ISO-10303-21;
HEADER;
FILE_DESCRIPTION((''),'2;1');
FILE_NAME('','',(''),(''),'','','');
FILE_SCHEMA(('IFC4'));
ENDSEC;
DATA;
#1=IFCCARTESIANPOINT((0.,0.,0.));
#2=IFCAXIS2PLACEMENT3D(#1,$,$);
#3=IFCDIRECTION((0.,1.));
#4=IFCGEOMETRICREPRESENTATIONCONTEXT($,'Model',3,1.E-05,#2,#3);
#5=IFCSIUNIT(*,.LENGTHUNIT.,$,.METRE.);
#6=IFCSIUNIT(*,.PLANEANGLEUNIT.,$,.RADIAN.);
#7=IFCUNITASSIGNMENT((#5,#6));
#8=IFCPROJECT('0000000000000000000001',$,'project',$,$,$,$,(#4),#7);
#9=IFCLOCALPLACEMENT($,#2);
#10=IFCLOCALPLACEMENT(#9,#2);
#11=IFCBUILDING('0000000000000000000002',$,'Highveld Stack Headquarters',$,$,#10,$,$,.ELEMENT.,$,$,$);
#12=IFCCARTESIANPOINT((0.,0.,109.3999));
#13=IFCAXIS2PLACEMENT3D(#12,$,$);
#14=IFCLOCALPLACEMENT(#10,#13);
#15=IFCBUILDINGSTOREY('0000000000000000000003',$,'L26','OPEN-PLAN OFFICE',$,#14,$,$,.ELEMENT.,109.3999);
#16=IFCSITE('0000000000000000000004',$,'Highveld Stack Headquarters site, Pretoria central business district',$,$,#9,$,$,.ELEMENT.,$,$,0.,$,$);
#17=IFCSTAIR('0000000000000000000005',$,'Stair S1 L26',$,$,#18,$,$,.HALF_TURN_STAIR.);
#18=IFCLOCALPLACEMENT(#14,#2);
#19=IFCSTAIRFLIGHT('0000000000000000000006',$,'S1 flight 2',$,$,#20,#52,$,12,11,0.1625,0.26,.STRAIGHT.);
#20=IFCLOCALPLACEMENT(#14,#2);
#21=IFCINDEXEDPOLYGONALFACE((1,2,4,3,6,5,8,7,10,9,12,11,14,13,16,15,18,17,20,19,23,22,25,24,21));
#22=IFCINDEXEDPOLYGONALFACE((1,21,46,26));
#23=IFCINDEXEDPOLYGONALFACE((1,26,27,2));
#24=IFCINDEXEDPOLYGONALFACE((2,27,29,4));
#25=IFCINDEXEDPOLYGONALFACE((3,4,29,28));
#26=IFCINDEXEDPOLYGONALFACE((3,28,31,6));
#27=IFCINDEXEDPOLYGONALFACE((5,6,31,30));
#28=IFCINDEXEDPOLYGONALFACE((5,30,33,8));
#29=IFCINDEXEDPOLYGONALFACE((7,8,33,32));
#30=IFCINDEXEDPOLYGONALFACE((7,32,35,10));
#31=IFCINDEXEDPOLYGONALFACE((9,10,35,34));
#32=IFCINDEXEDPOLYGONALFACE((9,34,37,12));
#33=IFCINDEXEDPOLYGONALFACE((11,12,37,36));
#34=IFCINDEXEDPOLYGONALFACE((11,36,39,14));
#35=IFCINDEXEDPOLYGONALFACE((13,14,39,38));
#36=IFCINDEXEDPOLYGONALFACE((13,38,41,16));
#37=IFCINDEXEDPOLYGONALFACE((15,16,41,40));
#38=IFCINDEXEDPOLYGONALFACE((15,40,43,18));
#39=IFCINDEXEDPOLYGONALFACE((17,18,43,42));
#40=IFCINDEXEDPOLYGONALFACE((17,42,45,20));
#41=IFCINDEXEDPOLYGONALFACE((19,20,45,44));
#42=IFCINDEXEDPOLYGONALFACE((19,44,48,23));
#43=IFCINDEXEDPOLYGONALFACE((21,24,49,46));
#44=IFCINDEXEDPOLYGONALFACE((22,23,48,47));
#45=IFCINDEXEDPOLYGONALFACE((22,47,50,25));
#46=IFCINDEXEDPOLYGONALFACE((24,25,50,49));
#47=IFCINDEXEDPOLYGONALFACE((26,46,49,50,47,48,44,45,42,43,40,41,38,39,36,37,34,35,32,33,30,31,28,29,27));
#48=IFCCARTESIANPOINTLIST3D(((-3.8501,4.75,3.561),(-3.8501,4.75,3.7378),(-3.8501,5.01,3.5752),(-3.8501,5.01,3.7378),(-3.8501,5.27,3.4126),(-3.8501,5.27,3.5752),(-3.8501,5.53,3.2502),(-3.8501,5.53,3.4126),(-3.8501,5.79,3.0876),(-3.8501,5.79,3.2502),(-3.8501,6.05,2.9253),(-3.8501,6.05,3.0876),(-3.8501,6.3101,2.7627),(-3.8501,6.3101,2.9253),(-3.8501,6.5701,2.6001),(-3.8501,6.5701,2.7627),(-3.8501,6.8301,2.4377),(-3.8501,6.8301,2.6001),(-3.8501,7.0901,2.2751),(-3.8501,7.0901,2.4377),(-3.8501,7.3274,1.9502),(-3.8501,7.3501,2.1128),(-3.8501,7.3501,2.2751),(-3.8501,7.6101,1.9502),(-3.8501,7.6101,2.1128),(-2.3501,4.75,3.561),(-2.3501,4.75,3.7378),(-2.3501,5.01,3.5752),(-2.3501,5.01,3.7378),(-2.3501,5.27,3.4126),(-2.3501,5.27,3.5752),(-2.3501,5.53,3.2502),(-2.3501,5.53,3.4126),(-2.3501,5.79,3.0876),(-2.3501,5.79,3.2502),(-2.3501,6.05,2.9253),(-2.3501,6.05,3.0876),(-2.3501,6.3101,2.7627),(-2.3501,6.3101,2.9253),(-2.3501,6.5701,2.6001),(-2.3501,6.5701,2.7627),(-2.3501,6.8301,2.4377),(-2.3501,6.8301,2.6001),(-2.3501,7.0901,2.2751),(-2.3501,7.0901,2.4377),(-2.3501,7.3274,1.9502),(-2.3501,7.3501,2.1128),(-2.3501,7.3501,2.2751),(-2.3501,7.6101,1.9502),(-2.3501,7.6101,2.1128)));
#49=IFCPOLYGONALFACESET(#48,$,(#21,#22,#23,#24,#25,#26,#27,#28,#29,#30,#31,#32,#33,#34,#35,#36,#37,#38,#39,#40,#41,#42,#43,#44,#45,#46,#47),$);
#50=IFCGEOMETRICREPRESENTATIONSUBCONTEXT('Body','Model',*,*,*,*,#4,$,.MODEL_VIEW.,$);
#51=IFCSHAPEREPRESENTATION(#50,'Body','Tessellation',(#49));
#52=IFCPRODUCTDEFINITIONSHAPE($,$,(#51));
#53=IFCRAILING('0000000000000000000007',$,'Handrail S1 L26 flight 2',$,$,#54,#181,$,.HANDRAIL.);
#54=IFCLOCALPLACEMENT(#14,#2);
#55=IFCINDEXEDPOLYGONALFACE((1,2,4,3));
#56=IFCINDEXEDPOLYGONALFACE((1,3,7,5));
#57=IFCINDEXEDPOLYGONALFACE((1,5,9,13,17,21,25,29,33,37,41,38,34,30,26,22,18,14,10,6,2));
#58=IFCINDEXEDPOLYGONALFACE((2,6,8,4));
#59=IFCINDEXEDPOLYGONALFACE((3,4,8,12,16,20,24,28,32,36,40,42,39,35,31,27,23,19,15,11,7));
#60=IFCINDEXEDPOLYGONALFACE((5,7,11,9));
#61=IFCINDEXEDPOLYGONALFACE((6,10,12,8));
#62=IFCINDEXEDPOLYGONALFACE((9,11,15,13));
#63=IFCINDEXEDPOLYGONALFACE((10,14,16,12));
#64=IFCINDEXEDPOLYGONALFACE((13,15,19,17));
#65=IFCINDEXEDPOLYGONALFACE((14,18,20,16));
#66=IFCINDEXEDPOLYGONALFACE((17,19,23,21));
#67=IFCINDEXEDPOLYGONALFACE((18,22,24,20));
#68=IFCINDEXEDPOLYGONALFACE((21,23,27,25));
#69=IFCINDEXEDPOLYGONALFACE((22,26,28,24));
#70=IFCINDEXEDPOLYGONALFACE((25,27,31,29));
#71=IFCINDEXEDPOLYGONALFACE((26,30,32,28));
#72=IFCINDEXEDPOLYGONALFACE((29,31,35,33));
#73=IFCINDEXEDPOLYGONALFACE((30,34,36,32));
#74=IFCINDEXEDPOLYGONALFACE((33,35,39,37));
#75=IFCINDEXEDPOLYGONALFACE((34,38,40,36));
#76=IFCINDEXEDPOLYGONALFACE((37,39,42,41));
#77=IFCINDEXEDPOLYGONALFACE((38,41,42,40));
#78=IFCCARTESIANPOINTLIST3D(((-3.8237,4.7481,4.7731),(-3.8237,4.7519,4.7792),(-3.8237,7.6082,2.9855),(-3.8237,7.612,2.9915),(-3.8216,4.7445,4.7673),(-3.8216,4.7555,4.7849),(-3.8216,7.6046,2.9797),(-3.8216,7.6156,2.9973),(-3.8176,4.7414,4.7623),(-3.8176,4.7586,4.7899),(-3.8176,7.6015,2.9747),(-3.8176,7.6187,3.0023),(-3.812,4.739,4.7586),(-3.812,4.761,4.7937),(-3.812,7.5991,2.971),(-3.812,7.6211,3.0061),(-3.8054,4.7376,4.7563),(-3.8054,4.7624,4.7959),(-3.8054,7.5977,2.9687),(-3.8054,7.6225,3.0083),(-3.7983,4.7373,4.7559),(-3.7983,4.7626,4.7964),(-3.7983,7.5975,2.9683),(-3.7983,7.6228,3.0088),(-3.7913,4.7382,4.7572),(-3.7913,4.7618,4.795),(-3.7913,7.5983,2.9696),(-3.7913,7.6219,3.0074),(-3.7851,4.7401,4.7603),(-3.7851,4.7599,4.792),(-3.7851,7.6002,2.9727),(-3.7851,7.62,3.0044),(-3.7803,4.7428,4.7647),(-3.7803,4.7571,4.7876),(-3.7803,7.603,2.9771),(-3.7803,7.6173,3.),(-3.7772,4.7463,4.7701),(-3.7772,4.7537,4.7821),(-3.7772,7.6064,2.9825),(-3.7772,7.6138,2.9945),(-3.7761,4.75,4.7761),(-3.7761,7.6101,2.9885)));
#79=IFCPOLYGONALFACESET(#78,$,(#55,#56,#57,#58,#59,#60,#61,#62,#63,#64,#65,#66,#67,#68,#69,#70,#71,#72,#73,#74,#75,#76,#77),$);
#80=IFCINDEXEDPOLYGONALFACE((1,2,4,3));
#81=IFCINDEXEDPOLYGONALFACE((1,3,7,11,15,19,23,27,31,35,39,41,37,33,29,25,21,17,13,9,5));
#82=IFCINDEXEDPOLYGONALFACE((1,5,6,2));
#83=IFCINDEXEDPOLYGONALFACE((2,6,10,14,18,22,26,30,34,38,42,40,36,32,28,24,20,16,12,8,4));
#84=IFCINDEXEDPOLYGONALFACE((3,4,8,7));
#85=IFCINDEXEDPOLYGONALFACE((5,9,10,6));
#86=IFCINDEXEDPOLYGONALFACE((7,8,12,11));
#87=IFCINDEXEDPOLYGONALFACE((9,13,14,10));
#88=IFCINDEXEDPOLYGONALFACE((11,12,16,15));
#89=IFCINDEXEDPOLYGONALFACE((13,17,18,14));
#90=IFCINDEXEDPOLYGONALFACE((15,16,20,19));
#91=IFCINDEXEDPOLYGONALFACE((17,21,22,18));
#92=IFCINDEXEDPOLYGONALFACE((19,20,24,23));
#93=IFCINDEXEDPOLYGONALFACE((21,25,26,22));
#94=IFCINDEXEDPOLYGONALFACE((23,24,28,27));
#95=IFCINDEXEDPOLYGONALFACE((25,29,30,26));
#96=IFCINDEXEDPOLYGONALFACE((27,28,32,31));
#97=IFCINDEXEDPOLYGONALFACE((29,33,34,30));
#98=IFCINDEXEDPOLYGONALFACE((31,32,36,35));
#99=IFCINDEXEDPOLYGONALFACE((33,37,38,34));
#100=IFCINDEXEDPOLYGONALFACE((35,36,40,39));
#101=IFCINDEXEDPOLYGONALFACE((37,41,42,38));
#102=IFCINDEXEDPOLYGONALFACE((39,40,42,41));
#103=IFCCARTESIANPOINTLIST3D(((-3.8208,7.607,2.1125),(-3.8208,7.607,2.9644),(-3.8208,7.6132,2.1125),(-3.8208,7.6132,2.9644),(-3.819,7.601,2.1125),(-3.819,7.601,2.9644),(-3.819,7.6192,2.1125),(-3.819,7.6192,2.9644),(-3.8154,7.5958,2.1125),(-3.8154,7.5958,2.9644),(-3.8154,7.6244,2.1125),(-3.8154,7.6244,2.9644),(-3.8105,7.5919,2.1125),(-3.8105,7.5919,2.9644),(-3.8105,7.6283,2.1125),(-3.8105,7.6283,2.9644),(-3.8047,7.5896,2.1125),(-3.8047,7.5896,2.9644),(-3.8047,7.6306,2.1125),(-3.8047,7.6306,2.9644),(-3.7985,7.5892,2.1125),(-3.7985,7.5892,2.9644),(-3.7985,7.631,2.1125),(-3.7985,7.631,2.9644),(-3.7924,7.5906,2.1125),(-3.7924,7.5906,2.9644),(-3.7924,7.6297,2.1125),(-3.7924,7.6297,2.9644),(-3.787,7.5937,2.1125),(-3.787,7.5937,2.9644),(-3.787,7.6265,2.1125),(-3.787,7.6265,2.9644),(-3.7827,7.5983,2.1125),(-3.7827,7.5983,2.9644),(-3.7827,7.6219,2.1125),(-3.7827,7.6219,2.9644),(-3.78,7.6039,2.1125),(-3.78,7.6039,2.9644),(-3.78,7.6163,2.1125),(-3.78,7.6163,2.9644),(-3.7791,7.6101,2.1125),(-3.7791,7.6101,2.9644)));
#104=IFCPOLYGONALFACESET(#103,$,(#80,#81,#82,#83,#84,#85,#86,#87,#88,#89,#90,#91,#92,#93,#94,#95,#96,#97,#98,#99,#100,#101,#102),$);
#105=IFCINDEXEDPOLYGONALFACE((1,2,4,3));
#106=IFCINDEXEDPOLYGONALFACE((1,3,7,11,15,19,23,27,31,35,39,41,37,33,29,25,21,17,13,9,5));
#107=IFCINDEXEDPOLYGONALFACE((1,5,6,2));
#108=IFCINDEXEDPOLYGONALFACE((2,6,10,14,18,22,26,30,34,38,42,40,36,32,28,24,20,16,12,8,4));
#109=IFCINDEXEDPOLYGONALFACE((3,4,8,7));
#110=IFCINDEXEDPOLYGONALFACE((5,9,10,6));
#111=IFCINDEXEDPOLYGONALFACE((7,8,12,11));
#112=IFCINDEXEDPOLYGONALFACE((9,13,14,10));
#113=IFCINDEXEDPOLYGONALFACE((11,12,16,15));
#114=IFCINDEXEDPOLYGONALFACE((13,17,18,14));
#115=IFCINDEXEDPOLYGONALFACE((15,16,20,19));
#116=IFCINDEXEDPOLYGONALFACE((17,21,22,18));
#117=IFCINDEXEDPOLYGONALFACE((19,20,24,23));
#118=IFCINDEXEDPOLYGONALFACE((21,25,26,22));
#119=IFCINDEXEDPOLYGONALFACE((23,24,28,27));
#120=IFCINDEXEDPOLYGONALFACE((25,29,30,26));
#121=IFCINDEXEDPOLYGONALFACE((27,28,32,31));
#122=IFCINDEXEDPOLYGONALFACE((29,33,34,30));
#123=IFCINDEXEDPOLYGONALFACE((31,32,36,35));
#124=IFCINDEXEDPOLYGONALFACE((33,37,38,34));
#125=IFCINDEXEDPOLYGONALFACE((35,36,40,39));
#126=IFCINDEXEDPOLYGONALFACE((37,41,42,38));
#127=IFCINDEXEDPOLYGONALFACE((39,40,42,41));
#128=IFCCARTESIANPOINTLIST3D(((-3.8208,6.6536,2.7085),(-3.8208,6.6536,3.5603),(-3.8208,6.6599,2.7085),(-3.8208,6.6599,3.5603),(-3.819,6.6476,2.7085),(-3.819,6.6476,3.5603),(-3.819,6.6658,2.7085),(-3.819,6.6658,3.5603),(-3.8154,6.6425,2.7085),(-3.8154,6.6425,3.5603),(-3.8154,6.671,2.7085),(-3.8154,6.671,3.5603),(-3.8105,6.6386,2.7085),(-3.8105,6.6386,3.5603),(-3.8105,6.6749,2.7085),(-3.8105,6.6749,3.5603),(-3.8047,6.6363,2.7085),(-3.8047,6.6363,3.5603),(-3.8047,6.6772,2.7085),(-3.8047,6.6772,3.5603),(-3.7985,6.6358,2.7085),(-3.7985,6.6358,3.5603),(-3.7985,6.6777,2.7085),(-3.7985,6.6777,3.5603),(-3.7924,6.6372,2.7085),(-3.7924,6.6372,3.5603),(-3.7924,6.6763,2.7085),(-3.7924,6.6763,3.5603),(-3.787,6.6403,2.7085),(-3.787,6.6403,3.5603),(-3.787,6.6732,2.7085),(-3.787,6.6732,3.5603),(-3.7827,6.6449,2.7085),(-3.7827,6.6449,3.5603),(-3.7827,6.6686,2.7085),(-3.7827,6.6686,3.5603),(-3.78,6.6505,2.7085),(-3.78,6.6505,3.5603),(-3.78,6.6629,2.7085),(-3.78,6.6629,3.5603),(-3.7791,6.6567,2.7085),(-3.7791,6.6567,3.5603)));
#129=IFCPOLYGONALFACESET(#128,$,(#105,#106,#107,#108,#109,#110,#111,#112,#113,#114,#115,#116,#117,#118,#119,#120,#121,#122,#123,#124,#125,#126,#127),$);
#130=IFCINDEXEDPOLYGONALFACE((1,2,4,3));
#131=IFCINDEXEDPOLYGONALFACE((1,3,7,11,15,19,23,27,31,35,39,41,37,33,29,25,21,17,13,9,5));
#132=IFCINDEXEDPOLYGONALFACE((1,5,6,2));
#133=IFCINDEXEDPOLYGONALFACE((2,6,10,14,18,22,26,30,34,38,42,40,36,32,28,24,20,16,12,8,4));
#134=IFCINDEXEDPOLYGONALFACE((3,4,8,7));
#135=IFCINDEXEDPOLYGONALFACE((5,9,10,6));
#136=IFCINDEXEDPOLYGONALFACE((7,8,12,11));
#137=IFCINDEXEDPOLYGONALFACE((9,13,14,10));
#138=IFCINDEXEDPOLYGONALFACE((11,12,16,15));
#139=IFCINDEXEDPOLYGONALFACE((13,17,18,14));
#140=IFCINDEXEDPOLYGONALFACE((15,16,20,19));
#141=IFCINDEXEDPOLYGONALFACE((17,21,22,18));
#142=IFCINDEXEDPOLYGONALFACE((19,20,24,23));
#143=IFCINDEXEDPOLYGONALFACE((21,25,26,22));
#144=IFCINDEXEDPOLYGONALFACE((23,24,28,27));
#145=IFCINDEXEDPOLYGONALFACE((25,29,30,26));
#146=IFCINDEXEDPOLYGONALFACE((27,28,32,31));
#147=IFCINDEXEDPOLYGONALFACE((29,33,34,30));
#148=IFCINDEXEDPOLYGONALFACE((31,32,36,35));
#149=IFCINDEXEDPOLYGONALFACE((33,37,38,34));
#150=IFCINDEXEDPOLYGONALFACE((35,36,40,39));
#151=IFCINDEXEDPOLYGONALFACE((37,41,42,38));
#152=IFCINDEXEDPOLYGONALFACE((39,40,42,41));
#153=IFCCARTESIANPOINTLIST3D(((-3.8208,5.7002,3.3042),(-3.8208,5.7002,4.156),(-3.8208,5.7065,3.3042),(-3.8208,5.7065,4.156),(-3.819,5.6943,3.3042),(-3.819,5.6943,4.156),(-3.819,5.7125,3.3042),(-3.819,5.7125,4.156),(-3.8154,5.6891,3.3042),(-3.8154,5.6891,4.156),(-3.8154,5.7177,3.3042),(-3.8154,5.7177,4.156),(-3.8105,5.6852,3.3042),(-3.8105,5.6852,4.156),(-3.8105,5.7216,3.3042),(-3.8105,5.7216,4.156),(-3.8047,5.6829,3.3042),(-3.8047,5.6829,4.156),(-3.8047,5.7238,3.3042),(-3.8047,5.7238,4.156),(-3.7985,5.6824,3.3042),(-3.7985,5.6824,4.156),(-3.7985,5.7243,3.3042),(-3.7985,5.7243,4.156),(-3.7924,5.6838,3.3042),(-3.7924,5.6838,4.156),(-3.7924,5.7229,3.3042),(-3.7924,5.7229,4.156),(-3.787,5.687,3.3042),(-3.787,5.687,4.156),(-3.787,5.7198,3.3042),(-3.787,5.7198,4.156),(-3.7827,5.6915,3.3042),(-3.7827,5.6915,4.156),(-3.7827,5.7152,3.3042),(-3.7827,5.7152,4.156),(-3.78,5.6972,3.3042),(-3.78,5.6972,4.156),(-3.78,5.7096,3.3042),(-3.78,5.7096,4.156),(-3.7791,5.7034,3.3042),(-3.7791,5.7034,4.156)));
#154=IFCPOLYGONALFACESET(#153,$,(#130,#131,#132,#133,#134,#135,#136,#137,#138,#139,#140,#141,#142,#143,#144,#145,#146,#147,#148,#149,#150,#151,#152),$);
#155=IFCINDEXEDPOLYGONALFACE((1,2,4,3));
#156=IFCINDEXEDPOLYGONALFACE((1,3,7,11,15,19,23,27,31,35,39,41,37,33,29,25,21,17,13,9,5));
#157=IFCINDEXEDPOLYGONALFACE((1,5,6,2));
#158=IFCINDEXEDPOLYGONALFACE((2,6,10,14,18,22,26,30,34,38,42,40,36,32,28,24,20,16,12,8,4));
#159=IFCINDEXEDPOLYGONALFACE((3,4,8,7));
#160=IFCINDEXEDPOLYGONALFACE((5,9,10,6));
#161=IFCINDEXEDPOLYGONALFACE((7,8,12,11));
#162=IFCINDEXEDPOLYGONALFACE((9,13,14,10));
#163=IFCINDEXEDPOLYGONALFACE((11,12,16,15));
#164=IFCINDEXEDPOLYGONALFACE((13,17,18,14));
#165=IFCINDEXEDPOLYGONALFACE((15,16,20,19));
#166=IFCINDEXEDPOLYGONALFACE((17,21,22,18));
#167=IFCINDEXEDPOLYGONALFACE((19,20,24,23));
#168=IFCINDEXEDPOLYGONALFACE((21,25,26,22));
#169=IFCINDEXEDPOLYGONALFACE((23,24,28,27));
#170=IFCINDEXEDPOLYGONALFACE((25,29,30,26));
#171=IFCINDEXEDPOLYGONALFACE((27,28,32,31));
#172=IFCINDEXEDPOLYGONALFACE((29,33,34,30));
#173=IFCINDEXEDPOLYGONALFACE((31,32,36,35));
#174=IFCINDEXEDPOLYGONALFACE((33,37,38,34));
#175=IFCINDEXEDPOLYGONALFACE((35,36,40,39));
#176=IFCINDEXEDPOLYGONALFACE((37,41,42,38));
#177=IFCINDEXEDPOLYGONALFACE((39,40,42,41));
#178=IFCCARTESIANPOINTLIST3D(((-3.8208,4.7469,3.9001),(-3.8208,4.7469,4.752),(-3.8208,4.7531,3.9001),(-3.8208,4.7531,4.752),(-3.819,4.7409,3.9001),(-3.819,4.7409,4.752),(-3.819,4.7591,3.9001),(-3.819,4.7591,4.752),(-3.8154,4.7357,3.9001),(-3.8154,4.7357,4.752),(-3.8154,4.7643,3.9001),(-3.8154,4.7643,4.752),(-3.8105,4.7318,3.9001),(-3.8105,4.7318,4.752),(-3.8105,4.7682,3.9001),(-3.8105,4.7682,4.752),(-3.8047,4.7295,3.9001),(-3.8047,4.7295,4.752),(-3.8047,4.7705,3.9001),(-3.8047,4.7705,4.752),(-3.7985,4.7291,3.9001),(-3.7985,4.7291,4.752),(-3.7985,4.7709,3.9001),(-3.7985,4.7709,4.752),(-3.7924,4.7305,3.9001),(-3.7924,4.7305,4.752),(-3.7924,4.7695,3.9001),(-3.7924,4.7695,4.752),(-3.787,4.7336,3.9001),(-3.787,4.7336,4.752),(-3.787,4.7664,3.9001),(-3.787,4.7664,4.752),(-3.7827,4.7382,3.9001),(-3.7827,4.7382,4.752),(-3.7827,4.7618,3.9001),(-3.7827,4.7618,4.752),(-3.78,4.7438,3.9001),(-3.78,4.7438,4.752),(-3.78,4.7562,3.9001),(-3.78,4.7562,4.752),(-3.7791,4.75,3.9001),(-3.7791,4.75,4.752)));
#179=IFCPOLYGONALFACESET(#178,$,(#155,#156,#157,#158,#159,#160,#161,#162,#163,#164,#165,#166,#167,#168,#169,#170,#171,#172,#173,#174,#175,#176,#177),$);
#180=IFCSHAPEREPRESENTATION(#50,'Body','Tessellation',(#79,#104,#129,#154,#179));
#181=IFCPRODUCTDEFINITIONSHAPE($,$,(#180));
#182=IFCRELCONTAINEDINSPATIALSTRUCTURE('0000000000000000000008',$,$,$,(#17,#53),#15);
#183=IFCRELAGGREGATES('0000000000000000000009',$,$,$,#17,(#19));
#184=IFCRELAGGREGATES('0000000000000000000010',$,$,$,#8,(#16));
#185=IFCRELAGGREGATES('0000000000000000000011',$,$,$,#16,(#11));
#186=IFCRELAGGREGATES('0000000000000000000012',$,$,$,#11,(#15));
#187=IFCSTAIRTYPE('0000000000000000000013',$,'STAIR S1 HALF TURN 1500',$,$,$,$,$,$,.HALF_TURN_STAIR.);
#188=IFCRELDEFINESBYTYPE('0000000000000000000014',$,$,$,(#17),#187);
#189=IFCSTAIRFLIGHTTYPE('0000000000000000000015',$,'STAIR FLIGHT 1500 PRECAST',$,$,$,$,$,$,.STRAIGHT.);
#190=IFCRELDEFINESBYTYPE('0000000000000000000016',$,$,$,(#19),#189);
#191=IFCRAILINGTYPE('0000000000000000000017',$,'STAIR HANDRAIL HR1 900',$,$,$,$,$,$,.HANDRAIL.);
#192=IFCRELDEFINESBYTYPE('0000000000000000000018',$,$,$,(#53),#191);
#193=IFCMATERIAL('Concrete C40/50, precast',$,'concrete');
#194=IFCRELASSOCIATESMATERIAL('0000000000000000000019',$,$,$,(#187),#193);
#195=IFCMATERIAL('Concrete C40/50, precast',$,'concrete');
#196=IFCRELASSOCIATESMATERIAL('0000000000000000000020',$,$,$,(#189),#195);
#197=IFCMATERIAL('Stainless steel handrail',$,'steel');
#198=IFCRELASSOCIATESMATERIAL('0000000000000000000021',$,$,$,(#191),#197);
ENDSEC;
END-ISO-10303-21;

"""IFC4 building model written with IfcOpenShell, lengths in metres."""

from ifc_helpers import new_model, si_unit, direction, frame, origin, origin_2d, place, context, subcontext, project, spatial, polyline, circle, outline, extrude, material, type_object, element, aggregate, save


model = new_model("IFC4")

# Units and contexts
model_context = context("Model", 3, precision=1e-05, world=origin(), true_north=direction((0.0, 1.0)))
body_context = subcontext(model_context, "Body", "Model", "MODEL_VIEW")
ifc_project = project(units=[si_unit("LENGTHUNIT", "METRE"), si_unit("PLANEANGLEUNIT", "RADIAN")], contexts=[model_context])

# Site, building, storey
site_placement = place(None, origin())
site = spatial("IfcSite", under=ifc_project, at=site_placement, Name="Highveld Stack Headquarters site, Pretoria central business district", CompositionType="ELEMENT", RefElevation=0.0)
building_placement = place(site_placement, origin())
building = spatial("IfcBuilding", under=site, at=building_placement, Name="Highveld Stack Headquarters", CompositionType="ELEMENT")
storey_placement = place(building_placement, frame((0.0, 0.0, 109.3999)))
storey = spatial("IfcBuildingStorey", under=building, at=storey_placement, Name="L26", Description="OPEN-PLAN OFFICE", CompositionType="ELEMENT", Elevation=109.3999)

# Stair, stair flight
ifc_material_1 = material(Name="Concrete C40/50, precast", Category="concrete")
stair_type = type_object("IfcStairType", Name="STAIR S1 HALF TURN 1500", PredefinedType="HALF_TURN_STAIR", material=ifc_material_1)
stair_placement = place(storey_placement, origin())
stair = element("IfcStair", 1, at=stair_placement, inside=storey, type_object=stair_type, Name="Stair S1 L26", PredefinedType="HALF_TURN_STAIR")
ifc_material_2 = material(Name="Concrete C40/50, precast", Category="concrete")
stair_flight_type = type_object("IfcStairFlightType", Name="STAIR FLIGHT 1500 PRECAST", PredefinedType="STRAIGHT", material=ifc_material_2)
stair_flight_placement = place(storey_placement, frame((-3.1001, 7.6101, 1.9502), z_axis=(0.0, 0.0, 1.0), x_axis=(0.0, -1.0, 0.0)))
stair_flight = element("IfcStairFlight", 2, at=stair_flight_placement, type_object=stair_flight_type, Name="S1 flight 2", NumberOfRisers=12, NumberOfTreads=11, PredefinedType="STRAIGHT", RiserHeight=0.1625, TreadLength=0.26, context=body_context, shape_type="SweptSolid", body=[
    extrude(outline(polyline([(0.0, 0.0), (0.0, 0.1626), (0.26, 0.1626), (0.26, 0.325), (0.52, 0.325), (0.52, 0.4875), (0.78, 0.4875), (0.78, 0.6499), (1.04, 0.6499), (1.04, 0.8125), (1.3, 0.8125), (1.3, 0.9751), (1.5601, 0.9751), (1.5601, 1.1375), (1.8201, 1.1375), (1.8201, 1.3), (2.0801, 1.3), (2.0801, 1.4624), (2.3401, 1.4624), (2.3401, 1.625), (2.6001, 1.625), (2.6001, 1.7876), (2.8601, 1.7876), (2.8601, 1.95), (2.8601, 1.6108), (0.2827, 0.0), (0.0, 0.0)])), frame((0.0, 0.75, 0.0), z_axis=(0.0, -1.0, 0.0), x_axis=(1.0, 0.0, 0.0)), (0.0, 0.0, 1.0), 1.5),
])
aggregate(stair, [stair_flight])

# Railing
ifc_material_3 = material(Name="Stainless steel handrail", Category="steel")
railing_type = type_object("IfcRailingType", Name="STAIR HANDRAIL HR1 900", PredefinedType="HANDRAIL", material=ifc_material_3)
for number, where, name in (
    (3, (-3.8, 7.6101, 2.1125), "Handrail S1 L26 flight 2"),
):
    element("IfcRailing", number, at=place(storey_placement, frame(where)), inside=storey, type_object=railing_type, Name=name, PredefinedType="HANDRAIL", context=body_context, shape_type="SweptSolid", body=[
        extrude(circle(Radius=0.0239, at=origin_2d()), frame((0.0, 0.0, 0.876), z_axis=(0.0, -0.847994, 0.530005), x_axis=(1.0, 0.0, 0.0)), (0.0, 0.0, 1.0), 3.3728),
        extrude(circle(Radius=0.021, at=origin_2d()), origin(), (0.0, 0.0, 1.0), 0.8518),
        extrude(circle(Radius=0.021, at=origin_2d()), frame((0.0, -0.9534, 0.5959)), (0.0, 0.0, 1.0), 0.8518),
        extrude(circle(Radius=0.021, at=origin_2d()), frame((0.0, -1.9067, 1.1917)), (0.0, 0.0, 1.0), 0.8518),
        extrude(circle(Radius=0.021, at=origin_2d()), frame((0.0, -2.8601, 1.7876)), (0.0, 0.0, 1.0), 0.8518),
    ])

save(model, "model.ifc")
